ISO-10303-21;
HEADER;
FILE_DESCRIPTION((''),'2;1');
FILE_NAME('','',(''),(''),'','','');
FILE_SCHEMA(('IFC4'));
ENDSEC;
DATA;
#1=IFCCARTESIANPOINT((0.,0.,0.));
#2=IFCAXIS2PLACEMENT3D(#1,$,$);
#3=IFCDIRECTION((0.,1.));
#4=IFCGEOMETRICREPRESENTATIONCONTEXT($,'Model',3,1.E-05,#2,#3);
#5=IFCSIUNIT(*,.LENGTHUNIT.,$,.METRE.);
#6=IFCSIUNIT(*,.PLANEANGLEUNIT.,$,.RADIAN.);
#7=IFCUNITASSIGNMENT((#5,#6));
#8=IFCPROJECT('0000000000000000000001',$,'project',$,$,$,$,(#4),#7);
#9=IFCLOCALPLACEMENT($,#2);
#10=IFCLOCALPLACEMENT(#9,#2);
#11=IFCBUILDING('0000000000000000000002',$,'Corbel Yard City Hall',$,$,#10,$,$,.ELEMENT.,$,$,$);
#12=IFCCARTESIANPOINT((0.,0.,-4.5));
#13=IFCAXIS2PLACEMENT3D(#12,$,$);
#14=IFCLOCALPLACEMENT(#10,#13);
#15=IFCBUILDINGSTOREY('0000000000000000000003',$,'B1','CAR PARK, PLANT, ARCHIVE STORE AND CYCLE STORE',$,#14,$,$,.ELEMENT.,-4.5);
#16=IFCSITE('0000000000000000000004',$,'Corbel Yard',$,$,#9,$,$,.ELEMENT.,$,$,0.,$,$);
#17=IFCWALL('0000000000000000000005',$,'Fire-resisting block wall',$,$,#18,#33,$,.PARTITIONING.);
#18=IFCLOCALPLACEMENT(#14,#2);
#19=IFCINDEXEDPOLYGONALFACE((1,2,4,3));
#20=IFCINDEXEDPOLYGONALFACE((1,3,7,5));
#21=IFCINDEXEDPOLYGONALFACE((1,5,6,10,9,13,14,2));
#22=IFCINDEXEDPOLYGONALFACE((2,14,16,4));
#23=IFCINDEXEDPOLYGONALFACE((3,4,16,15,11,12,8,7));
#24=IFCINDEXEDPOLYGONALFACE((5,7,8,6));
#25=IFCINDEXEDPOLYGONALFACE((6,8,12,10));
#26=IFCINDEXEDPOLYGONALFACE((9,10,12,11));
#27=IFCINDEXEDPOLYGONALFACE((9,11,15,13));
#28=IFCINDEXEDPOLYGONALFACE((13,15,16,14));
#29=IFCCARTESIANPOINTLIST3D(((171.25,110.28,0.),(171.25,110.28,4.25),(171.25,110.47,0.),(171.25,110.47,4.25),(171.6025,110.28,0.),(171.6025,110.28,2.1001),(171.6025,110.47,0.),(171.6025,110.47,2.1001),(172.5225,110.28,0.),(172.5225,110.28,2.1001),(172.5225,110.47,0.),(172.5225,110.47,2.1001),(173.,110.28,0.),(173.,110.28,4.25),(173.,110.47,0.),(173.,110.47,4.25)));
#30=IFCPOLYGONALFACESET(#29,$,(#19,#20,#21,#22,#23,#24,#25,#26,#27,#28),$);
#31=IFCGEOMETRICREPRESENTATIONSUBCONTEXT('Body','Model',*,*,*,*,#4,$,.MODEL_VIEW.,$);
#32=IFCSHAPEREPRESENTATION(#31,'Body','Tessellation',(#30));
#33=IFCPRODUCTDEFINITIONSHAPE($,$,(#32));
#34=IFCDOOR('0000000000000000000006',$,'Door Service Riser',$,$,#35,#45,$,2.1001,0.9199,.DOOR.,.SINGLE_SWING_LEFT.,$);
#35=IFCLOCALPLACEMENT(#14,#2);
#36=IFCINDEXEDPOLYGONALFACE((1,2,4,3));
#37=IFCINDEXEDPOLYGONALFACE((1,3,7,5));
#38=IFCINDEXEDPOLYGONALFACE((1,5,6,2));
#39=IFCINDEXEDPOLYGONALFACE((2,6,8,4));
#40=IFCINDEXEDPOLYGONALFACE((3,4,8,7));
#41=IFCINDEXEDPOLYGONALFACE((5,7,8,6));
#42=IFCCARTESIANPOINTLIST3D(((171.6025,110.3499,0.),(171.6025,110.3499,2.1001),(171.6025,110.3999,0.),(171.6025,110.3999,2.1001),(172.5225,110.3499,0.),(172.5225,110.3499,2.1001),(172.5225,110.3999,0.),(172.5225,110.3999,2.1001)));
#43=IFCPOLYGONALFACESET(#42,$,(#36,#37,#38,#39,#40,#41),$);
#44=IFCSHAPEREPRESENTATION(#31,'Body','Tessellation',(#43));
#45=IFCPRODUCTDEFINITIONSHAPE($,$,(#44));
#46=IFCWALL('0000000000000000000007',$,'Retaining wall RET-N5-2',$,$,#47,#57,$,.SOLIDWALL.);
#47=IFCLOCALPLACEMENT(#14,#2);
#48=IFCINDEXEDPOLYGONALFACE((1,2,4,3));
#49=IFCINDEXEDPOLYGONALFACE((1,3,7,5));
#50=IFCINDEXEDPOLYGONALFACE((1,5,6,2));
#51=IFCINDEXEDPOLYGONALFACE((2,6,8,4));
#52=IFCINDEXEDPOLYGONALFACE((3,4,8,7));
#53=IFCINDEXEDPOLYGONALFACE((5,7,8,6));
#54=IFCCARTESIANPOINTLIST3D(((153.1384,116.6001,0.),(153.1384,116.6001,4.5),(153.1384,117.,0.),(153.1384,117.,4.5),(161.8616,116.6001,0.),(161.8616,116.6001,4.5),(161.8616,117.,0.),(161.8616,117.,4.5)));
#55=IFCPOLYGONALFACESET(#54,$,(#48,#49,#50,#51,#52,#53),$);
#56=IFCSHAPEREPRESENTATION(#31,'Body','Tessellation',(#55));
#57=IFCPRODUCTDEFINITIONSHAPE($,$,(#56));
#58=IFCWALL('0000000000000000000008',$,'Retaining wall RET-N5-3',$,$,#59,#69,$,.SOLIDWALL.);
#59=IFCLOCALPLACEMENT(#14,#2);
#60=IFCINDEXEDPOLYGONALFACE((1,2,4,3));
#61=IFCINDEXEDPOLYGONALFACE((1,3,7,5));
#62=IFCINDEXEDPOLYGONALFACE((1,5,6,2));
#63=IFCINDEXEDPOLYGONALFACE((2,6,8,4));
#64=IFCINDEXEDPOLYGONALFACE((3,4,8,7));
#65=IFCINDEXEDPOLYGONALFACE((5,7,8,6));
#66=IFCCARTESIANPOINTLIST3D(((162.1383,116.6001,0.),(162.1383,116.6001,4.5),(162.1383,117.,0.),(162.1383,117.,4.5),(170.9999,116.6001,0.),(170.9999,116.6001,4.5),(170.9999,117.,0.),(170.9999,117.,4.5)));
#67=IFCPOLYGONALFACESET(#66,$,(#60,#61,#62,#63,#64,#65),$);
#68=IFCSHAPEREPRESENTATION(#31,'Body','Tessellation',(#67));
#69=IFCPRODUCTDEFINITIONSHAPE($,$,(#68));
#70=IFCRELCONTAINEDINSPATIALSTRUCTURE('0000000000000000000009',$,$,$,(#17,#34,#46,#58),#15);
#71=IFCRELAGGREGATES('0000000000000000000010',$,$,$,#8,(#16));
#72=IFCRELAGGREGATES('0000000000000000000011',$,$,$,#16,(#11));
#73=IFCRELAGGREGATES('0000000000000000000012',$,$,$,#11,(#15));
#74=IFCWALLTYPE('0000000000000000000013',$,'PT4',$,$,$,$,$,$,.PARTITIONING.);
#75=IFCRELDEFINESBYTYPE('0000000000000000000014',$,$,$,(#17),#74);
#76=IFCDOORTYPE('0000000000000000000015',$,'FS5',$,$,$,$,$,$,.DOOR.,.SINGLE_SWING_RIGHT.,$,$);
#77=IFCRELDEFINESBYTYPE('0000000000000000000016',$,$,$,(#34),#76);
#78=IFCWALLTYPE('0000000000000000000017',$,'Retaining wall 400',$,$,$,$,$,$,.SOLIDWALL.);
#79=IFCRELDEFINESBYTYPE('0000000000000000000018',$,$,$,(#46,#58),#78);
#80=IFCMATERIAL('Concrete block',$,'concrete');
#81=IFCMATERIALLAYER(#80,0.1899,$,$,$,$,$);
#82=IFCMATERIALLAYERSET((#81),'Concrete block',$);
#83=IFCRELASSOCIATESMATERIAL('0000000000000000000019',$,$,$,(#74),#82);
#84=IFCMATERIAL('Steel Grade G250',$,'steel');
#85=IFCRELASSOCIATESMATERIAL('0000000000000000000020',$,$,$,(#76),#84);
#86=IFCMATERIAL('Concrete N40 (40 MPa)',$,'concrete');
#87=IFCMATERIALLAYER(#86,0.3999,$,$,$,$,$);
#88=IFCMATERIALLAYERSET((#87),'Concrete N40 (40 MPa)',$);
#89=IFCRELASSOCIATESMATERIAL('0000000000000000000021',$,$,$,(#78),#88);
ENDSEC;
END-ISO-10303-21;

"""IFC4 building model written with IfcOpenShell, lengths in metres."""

from ifc_helpers import new_model, si_unit, direction, frame, frame_2d, origin, place, context, subcontext, project, spatial, rectangle, extrude, material, layer, layer_set, type_object, element, fill, save


model = new_model("IFC4")

# Units and contexts
model_context = context("Model", 3, precision=1e-05, world=origin(), true_north=direction((0.0, 1.0)))
body_context = subcontext(model_context, "Body", "Model", "MODEL_VIEW")
ifc_project = project(units=[si_unit("LENGTHUNIT", "METRE"), si_unit("PLANEANGLEUNIT", "RADIAN")], contexts=[model_context])

# Site, building, storey
site_placement = place(None, origin())
site = spatial("IfcSite", under=ifc_project, at=site_placement, Name="Corbel Yard", CompositionType="ELEMENT", RefElevation=0.0)
building_placement = place(site_placement, origin())
building = spatial("IfcBuilding", under=site, at=building_placement, Name="Corbel Yard City Hall", CompositionType="ELEMENT")
storey_placement = place(building_placement, frame((0.0, 0.0, -4.5)))
storey = spatial("IfcBuildingStorey", under=building, at=storey_placement, Name="B1", Description="CAR PARK, PLANT, ARCHIVE STORE AND CYCLE STORE", CompositionType="ELEMENT", Elevation=-4.5)

# Shared definitions
ifc_material_1 = material(Name="Concrete N40 (40 MPa)", Category="concrete")

# Shared definitions
ifc_material_2 = material(Name="Steel Grade G250", Category="steel")

# Wall, opening, door
ifc_material_3 = material(Name="Concrete block", Category="concrete")
ifc_layer_1 = layer(ifc_material_3, 0.1899)
ifc_layer_set_1 = layer_set([ifc_layer_1], Name="Concrete block")
wall_type_1 = type_object("IfcWallType", Name="PT4", PredefinedType="PARTITIONING", material=ifc_layer_set_1)
wall_1_placement = place(storey_placement, frame((171.25, 110.375, 0.0), z_axis=(0.0, 0.0, 1.0), x_axis=(1.0, 0.0, 0.0)))
wall_1 = element("IfcWall", 1, at=wall_1_placement, inside=storey, type_object=wall_type_1, Name="Fire-resisting block wall", PredefinedType="PARTITIONING", context=body_context, shape_type="SweptSolid", body=[
    extrude(rectangle(XDim=1.75, YDim=0.1899, at=frame_2d((0.875, 0.0))), origin(), (0.0, 0.0, 1.0), 4.25),
])
opening_1_placement = place(wall_1_placement, frame((0.3525, 0.0, 0.0)))
opening_1 = element("IfcOpeningElement", 2, at=opening_1_placement, cuts=wall_1, PredefinedType="OPENING", context=body_context, shape_type="SweptSolid", body=[
    extrude(rectangle(XDim=0.9199, YDim=2.1001, at=frame_2d((0.46, 1.05))), frame((0.0, 0.105, 0.0), z_axis=(0.0, -1.0, 0.0), x_axis=(1.0, 0.0, 0.0)), (0.0, 0.0, 1.0), 0.21),
])
door_type_1 = type_object("IfcDoorType", Name="FS5", OperationType="SINGLE_SWING_RIGHT", PredefinedType="DOOR", material=ifc_material_2)
door_1_placement = place(opening_1_placement, origin())
door_1 = element("IfcDoor", 3, at=door_1_placement, inside=storey, type_object=door_type_1, Name="Door Service Riser", OperationType="SINGLE_SWING_LEFT", OverallHeight=2.1001, OverallWidth=0.9199, PredefinedType="DOOR", context=body_context, shape_type="SweptSolid", body=[
    extrude(rectangle(XDim=0.9199, YDim=2.1001, at=frame_2d((0.46, 1.05))), frame((0.0, 0.0249, 0.0), z_axis=(0.0, -1.0, 0.0), x_axis=(1.0, 0.0, 0.0)), (0.0, 0.0, 1.0), 0.05),
])
fill(opening_1, door_1)

# Walls
ifc_layer_2 = layer(ifc_material_1, 0.3999)
ifc_layer_set_2 = layer_set([ifc_layer_2], Name="Concrete N40 (40 MPa)")
wall_type_2 = type_object("IfcWallType", Name="Retaining wall 400", PredefinedType="SOLIDWALL", material=ifc_layer_set_2)
wall_2_placement = place(storey_placement, frame((153.1384, 116.8, 0.0), z_axis=(0.0, 0.0, 1.0), x_axis=(1.0, 0.0, 0.0)))
element("IfcWall", 4, at=wall_2_placement, inside=storey, type_object=wall_type_2, Name="Retaining wall RET-N5-2", PredefinedType="SOLIDWALL", context=body_context, shape_type="SweptSolid", body=[
    extrude(rectangle(XDim=8.7231, YDim=0.3999, at=frame_2d((4.3616, 0.0))), origin(), (0.0, 0.0, 1.0), 4.5),
])
wall_3_placement = place(storey_placement, frame((162.1384, 116.8, 0.0), z_axis=(0.0, 0.0, 1.0), x_axis=(1.0, 0.0, 0.0)))
element("IfcWall", 5, at=wall_3_placement, inside=storey, type_object=wall_type_2, Name="Retaining wall RET-N5-3", PredefinedType="SOLIDWALL", context=body_context, shape_type="SweptSolid", body=[
    extrude(rectangle(XDim=8.8616, YDim=0.3999, at=frame_2d((4.4307, 0.0))), origin(), (0.0, 0.0, 1.0), 4.5),
])

save(model, "model.ifc")
